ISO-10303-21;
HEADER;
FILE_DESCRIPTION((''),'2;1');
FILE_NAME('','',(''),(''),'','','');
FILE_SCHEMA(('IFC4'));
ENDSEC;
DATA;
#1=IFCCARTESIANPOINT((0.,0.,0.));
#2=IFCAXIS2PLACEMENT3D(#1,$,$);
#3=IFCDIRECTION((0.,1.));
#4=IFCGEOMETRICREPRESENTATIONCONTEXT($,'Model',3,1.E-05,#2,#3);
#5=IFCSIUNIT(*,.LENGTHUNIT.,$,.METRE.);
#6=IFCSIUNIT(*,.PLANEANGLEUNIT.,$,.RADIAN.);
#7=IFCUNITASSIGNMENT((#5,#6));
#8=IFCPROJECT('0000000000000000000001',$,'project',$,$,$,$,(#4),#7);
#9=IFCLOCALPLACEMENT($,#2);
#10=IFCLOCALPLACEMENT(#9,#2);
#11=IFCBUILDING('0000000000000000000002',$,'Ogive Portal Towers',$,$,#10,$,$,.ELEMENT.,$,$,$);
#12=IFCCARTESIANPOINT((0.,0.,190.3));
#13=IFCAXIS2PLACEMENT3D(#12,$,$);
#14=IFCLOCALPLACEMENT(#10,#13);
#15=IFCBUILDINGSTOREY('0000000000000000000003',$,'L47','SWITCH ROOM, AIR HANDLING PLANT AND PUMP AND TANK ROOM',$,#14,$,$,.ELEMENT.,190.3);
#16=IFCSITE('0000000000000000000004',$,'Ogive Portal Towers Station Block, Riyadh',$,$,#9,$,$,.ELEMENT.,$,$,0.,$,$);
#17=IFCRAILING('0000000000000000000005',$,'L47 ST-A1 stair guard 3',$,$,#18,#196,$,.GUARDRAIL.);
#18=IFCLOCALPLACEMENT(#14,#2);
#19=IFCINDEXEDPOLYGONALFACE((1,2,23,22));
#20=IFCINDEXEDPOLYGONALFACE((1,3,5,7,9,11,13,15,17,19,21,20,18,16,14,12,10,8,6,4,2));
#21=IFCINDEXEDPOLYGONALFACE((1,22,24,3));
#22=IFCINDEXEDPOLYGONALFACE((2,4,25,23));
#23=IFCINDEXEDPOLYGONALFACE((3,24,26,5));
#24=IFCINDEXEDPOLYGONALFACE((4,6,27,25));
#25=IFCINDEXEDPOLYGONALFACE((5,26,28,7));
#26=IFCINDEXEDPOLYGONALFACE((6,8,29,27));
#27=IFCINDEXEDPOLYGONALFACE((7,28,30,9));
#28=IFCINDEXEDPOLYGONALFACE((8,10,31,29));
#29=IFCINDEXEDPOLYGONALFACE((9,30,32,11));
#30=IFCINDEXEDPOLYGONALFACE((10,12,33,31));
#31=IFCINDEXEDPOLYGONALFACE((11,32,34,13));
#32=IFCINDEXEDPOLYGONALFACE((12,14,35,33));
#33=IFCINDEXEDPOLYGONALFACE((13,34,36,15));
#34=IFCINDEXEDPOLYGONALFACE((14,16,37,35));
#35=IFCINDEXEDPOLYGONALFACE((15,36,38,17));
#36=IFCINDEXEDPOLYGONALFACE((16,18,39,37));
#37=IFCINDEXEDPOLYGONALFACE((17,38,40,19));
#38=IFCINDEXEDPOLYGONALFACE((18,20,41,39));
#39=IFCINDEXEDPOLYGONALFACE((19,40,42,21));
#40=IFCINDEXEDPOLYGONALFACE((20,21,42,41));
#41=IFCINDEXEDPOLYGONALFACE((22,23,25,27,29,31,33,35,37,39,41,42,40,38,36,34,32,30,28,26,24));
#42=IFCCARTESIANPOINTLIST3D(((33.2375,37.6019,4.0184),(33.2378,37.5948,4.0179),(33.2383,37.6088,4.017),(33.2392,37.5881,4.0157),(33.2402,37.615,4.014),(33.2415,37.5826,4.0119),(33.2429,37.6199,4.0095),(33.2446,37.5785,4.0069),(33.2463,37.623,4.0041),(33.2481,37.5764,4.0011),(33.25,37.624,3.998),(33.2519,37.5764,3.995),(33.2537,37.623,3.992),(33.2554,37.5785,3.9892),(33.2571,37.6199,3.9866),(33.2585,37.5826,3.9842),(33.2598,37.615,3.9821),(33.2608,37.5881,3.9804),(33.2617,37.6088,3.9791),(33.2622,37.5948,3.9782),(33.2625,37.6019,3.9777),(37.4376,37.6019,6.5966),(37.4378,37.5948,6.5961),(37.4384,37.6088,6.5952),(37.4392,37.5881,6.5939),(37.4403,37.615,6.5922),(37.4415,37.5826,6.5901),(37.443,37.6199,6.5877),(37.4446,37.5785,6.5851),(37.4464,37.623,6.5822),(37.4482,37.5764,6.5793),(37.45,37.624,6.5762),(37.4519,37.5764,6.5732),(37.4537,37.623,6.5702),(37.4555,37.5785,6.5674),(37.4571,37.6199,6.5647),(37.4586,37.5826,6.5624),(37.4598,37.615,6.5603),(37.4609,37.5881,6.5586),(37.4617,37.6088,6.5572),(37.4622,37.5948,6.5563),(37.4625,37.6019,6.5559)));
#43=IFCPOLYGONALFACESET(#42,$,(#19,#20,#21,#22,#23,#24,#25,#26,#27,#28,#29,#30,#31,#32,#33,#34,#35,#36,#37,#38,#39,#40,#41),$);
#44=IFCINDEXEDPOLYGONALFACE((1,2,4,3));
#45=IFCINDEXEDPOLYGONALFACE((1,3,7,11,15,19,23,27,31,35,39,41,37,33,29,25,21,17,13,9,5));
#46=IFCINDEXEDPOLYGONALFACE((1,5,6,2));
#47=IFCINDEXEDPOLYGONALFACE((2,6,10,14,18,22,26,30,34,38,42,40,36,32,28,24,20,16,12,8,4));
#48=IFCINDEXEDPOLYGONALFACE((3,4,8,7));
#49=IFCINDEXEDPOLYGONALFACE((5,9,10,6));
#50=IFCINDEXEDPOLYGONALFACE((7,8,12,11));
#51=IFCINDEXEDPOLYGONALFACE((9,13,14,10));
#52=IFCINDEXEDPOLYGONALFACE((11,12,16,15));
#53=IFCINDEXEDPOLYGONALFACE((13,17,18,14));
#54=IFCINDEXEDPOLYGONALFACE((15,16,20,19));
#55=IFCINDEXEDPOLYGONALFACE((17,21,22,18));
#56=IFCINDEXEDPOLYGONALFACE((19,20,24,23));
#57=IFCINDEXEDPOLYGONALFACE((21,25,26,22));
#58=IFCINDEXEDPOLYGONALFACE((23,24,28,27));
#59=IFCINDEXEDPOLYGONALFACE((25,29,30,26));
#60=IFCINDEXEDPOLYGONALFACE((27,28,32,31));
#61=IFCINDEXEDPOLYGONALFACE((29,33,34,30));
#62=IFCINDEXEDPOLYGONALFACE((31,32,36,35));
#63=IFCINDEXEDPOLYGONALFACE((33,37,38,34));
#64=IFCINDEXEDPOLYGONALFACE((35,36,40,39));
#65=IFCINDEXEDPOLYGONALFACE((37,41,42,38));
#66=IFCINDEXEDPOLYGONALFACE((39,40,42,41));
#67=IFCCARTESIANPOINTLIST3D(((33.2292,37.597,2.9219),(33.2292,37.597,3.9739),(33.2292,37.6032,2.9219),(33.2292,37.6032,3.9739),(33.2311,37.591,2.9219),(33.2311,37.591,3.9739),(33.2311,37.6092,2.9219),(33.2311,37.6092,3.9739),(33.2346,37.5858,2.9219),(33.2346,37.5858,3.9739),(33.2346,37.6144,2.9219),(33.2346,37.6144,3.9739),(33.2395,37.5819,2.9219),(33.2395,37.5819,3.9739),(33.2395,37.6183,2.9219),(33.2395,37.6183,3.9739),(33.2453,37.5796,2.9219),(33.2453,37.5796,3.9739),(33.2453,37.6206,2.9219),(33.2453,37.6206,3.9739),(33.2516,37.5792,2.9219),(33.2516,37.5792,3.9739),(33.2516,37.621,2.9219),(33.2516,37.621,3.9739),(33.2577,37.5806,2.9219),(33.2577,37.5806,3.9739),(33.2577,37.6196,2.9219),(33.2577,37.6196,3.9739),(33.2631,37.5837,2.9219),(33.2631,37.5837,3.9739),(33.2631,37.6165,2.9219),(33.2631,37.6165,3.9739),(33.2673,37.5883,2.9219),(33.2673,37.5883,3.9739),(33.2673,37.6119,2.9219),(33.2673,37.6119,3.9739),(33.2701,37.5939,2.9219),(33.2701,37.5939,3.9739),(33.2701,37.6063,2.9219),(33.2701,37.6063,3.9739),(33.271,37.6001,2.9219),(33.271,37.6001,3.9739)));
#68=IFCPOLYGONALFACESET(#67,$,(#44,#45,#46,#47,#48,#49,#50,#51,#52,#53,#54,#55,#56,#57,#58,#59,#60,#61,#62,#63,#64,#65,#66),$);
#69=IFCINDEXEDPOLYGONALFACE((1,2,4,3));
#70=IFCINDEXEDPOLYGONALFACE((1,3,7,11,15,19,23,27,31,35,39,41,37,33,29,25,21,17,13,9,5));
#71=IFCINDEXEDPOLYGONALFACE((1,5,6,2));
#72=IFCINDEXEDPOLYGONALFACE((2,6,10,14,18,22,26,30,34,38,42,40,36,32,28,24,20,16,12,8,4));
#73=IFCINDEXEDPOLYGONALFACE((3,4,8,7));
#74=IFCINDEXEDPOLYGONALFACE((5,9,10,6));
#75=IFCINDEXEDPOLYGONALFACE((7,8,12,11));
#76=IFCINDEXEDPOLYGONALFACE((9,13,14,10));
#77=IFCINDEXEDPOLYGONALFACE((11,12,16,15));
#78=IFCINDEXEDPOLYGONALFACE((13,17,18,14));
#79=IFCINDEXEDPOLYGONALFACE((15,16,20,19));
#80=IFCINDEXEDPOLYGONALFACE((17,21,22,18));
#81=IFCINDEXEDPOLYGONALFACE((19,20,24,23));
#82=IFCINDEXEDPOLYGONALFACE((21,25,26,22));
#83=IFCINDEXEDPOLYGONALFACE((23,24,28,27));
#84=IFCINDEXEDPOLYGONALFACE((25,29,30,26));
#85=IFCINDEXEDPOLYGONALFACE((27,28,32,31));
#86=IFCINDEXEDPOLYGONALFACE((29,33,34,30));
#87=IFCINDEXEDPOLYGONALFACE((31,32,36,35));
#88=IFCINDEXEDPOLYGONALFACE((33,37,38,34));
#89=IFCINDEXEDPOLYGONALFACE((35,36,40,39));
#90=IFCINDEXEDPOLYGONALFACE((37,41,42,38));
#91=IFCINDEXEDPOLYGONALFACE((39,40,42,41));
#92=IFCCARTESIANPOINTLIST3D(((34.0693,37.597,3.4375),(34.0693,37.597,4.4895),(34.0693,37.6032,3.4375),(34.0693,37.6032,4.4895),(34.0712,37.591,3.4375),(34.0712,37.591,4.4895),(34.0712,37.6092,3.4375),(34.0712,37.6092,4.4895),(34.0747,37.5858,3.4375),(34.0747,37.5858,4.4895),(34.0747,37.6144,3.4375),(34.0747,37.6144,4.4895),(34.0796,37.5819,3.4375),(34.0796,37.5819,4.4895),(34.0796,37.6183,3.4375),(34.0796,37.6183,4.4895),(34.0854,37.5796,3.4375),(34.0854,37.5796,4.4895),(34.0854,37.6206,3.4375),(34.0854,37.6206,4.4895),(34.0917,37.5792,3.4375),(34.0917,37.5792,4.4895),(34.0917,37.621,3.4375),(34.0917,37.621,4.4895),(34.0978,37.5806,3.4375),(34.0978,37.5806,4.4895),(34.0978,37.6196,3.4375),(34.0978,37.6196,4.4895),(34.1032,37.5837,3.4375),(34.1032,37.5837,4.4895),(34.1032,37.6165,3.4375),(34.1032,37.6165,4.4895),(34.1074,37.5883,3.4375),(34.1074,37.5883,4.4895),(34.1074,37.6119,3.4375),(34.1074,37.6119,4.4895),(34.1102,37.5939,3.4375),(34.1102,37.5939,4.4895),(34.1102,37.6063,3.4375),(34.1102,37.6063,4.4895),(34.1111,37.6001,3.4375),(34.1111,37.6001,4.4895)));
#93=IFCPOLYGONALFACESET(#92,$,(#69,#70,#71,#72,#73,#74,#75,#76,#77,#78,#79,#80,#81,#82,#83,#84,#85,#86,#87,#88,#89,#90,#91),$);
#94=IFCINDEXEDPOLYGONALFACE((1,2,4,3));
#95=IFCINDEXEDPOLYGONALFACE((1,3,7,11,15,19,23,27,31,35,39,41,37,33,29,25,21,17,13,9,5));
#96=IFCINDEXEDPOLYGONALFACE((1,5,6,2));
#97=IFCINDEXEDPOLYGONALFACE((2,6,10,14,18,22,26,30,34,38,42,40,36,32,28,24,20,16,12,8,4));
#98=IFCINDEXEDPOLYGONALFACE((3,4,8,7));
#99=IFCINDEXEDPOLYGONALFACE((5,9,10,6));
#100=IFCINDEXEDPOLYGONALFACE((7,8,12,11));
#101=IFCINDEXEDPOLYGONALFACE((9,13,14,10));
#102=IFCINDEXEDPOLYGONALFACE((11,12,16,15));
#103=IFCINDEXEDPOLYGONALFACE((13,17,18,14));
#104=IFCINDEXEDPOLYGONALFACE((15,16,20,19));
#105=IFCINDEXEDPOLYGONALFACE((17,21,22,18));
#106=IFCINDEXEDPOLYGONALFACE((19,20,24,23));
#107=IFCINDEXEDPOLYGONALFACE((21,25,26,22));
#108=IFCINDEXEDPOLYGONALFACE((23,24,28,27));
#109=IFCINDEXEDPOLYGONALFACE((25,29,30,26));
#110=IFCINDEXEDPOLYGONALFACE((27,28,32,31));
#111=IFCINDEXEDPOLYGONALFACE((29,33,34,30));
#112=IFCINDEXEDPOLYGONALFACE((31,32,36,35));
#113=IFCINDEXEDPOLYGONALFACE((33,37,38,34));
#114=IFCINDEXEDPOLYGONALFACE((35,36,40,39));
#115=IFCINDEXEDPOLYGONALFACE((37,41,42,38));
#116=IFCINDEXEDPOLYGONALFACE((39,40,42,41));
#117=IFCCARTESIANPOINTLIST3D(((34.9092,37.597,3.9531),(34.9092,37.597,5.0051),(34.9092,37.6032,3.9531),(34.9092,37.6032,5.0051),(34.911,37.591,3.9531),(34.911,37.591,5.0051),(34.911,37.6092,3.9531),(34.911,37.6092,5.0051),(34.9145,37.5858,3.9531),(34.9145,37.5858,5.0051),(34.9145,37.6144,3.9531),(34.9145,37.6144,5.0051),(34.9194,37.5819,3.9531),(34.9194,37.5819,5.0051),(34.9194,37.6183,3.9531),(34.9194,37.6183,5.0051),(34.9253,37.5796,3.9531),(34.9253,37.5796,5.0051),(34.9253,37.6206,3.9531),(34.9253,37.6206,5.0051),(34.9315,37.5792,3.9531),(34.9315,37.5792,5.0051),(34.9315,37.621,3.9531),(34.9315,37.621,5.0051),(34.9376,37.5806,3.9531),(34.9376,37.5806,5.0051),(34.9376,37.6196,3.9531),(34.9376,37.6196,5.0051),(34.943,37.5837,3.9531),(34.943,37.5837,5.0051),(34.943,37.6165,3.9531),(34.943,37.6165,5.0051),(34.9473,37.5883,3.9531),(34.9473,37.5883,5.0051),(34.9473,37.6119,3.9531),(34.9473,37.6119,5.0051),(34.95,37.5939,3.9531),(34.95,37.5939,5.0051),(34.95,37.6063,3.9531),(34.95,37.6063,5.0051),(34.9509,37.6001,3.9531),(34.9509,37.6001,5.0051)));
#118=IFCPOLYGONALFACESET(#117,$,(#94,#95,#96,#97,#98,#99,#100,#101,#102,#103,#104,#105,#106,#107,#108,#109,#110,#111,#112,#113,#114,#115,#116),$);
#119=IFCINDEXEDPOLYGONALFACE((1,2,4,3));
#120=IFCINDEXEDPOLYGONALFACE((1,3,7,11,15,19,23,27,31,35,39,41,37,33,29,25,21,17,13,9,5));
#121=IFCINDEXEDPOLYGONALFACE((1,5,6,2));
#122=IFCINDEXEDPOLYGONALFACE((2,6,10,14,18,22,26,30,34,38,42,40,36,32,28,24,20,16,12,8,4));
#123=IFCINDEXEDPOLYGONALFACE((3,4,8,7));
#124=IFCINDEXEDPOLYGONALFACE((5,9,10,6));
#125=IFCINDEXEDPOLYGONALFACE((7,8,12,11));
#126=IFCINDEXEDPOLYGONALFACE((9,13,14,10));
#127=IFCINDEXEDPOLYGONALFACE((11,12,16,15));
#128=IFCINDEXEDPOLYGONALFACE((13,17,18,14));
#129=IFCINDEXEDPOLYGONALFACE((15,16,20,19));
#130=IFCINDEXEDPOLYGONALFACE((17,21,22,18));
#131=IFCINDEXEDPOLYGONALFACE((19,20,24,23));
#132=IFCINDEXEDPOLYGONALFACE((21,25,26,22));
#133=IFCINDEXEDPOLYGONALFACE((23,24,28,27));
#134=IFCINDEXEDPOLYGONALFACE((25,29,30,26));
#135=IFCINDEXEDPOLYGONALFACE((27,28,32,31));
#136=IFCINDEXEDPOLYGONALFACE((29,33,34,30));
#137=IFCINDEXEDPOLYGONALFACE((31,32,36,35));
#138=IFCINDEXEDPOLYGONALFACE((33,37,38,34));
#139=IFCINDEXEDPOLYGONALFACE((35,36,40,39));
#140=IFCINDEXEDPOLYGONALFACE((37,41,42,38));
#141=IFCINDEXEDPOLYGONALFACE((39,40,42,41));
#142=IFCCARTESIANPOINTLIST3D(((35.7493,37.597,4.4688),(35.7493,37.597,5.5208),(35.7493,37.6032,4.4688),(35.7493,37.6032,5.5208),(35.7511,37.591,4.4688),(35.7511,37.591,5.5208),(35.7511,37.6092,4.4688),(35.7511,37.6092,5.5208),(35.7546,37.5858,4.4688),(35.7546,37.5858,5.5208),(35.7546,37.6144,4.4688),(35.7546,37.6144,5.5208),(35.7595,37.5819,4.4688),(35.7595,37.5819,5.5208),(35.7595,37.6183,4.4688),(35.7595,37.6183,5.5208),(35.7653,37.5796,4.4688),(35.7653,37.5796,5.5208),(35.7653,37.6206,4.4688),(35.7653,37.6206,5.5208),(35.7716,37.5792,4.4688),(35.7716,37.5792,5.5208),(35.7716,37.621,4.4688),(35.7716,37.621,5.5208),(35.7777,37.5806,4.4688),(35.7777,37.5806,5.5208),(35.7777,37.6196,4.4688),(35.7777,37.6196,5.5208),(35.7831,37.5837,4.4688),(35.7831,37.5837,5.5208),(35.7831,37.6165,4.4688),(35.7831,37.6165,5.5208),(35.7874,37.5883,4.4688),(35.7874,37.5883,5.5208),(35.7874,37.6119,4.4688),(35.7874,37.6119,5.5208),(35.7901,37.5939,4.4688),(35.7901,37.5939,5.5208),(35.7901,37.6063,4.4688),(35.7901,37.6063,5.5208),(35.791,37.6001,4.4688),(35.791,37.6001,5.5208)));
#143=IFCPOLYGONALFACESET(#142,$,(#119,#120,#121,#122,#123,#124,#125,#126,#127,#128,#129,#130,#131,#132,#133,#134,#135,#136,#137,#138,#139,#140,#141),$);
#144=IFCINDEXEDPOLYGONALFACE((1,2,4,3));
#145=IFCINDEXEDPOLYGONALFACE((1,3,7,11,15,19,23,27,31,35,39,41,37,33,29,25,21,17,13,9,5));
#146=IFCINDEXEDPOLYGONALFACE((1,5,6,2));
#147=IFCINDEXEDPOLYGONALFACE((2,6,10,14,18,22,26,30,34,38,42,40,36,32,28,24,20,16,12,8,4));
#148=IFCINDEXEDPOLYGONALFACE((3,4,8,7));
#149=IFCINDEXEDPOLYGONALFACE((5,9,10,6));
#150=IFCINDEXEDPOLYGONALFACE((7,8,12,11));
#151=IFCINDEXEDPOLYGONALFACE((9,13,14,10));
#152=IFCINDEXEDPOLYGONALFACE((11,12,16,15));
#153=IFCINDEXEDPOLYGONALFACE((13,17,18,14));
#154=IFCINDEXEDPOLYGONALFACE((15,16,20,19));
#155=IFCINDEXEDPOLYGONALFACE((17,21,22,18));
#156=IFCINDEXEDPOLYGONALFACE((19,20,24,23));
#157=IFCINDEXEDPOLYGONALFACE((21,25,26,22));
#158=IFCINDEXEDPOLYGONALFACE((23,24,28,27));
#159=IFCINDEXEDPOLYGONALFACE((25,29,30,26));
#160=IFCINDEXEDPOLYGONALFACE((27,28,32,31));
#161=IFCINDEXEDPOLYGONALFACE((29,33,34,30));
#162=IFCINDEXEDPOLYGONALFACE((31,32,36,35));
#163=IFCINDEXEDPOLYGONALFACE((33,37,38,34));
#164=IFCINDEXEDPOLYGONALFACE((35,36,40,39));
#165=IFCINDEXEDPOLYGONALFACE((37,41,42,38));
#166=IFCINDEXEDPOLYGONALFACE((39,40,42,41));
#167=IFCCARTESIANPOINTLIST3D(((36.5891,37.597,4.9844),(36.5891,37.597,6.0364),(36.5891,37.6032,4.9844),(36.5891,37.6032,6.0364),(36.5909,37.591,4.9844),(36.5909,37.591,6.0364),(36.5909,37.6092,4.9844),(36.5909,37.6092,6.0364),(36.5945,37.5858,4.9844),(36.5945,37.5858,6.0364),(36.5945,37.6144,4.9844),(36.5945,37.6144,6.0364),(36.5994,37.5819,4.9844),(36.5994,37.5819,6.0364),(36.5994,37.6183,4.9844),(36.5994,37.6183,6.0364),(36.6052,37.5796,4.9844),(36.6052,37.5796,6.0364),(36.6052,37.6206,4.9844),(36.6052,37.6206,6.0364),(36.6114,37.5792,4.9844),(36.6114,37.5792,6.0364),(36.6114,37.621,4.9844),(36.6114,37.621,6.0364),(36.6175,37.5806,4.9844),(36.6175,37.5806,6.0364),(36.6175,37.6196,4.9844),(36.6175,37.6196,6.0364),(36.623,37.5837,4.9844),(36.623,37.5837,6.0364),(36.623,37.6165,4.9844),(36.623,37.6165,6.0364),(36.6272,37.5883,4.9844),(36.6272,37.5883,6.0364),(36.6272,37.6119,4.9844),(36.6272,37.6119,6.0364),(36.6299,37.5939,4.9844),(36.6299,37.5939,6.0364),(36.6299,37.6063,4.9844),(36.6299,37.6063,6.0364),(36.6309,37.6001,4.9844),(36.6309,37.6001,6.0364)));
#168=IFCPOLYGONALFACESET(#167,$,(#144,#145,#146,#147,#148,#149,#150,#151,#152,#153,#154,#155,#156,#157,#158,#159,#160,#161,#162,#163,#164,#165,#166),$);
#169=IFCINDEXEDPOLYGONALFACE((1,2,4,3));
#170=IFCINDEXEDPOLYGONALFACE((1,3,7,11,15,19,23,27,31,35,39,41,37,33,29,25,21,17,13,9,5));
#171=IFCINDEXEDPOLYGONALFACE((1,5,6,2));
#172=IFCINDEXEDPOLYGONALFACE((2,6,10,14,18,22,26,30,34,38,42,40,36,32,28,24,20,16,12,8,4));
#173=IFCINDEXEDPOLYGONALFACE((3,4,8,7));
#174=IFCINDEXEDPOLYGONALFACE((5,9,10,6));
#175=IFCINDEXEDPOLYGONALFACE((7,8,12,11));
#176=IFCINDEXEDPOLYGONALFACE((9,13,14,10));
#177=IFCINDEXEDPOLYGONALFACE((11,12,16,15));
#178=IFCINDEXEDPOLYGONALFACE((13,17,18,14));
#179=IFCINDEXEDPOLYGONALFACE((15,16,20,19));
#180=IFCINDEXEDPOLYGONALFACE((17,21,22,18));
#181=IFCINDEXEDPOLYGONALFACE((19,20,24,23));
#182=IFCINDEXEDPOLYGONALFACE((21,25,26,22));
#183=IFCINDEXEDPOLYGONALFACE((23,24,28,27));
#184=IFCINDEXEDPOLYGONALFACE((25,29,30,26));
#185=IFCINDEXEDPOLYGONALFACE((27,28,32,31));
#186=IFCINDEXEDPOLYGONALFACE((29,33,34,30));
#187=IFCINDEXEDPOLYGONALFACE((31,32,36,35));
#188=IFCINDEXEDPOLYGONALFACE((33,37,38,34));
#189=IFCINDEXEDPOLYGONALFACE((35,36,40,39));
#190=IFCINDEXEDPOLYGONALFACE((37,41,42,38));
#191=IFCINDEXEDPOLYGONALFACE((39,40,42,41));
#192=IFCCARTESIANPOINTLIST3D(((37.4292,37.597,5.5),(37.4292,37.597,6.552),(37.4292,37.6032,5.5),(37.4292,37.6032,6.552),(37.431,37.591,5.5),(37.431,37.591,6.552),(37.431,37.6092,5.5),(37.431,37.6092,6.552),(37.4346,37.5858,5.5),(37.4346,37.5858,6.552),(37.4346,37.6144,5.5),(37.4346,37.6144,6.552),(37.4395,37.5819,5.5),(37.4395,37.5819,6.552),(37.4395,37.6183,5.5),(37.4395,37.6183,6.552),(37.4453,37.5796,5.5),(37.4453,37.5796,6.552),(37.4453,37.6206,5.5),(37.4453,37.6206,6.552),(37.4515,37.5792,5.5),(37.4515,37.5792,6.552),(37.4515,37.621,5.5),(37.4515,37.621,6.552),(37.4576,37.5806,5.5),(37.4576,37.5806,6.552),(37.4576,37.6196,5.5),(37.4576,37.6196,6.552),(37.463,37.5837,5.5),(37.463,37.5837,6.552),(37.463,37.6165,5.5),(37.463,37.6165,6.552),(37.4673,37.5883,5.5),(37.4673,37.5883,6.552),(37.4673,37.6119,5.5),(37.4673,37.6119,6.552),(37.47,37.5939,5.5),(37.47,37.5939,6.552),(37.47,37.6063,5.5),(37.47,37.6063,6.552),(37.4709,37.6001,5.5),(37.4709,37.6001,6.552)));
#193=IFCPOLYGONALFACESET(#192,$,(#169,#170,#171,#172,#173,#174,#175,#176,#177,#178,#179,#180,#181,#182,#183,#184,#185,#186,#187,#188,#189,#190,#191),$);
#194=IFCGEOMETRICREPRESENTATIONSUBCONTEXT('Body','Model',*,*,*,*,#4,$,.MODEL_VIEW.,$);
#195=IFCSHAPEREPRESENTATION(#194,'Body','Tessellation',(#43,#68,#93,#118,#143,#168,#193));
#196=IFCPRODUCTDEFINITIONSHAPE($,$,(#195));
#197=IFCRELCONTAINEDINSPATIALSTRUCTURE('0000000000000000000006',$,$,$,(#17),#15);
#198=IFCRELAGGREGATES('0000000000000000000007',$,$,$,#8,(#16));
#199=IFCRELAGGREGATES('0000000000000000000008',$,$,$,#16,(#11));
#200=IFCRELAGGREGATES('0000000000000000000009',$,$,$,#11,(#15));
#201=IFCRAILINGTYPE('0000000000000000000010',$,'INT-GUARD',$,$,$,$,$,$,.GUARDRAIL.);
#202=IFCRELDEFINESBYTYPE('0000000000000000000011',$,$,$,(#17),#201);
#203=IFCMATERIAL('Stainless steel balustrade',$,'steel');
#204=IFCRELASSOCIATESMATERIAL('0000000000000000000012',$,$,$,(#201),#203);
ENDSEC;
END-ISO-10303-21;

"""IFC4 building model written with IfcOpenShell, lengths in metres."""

from ifc_helpers import new_model, si_unit, direction, frame, origin, origin_2d, place, context, subcontext, project, spatial, circle, extrude, material, type_object, element, save


model = new_model("IFC4")

# Units and contexts
model_context = context("Model", 3, precision=1e-05, world=origin(), true_north=direction((0.0, 1.0)))
body_context = subcontext(model_context, "Body", "Model", "MODEL_VIEW")
ifc_project = project(units=[si_unit("LENGTHUNIT", "METRE"), si_unit("PLANEANGLEUNIT", "RADIAN")], contexts=[model_context])

# Site, building, storey
site_placement = place(None, origin())
site = spatial("IfcSite", under=ifc_project, at=site_placement, Name="Ogive Portal Towers Station Block, Riyadh", CompositionType="ELEMENT", RefElevation=0.0)
building_placement = place(site_placement, origin())
building = spatial("IfcBuilding", under=site, at=building_placement, Name="Ogive Portal Towers", CompositionType="ELEMENT")
storey_placement = place(building_placement, frame((0.0, 0.0, 190.3)))
storey = spatial("IfcBuildingStorey", under=building, at=storey_placement, Name="L47", Description="SWITCH ROOM, AIR HANDLING PLANT AND PUMP AND TANK ROOM", CompositionType="ELEMENT", Elevation=190.3)

# Railing
ifc_material_1 = material(Name="Stainless steel balustrade", Category="steel")
railing_type_1 = type_object("IfcRailingType", Name="INT-GUARD", PredefinedType="GUARDRAIL", material=ifc_material_1)
railing_1_placement = place(storey_placement, frame((33.25, 37.6001, 2.9219)))
element("IfcRailing", 1, at=railing_1_placement, inside=storey, type_object=railing_type_1, Name="L47 ST-A1 stair guard 3", PredefinedType="GUARDRAIL", context=body_context, shape_type="SweptSolid", body=[
    extrude(circle(Radius=0.0239, at=origin_2d()), frame((0.0, 0.0, 1.0762), z_axis=(0.852243, 0.0, 0.523146), x_axis=(0.0, 1.0, 0.0)), (0.0, 0.0, 1.0), 4.9282),
    extrude(circle(Radius=0.021, at=origin_2d()), origin(), (0.0, 0.0, 1.0), 1.052),
    extrude(circle(Radius=0.021, at=origin_2d()), frame((0.8401, 0.0, 0.5156)), (0.0, 0.0, 1.0), 1.052),
    extrude(circle(Radius=0.021, at=origin_2d()), frame((1.6799, 0.0, 1.0312)), (0.0, 0.0, 1.0), 1.052),
    extrude(circle(Radius=0.021, at=origin_2d()), frame((2.52, 0.0, 1.5469)), (0.0, 0.0, 1.0), 1.052),
    extrude(circle(Radius=0.021, at=origin_2d()), frame((3.3599, 0.0, 2.0625)), (0.0, 0.0, 1.0), 1.052),
    extrude(circle(Radius=0.021, at=origin_2d()), frame((4.2, 0.0, 2.5781)), (0.0, 0.0, 1.0), 1.052),
])

save(model, "model.ifc")
